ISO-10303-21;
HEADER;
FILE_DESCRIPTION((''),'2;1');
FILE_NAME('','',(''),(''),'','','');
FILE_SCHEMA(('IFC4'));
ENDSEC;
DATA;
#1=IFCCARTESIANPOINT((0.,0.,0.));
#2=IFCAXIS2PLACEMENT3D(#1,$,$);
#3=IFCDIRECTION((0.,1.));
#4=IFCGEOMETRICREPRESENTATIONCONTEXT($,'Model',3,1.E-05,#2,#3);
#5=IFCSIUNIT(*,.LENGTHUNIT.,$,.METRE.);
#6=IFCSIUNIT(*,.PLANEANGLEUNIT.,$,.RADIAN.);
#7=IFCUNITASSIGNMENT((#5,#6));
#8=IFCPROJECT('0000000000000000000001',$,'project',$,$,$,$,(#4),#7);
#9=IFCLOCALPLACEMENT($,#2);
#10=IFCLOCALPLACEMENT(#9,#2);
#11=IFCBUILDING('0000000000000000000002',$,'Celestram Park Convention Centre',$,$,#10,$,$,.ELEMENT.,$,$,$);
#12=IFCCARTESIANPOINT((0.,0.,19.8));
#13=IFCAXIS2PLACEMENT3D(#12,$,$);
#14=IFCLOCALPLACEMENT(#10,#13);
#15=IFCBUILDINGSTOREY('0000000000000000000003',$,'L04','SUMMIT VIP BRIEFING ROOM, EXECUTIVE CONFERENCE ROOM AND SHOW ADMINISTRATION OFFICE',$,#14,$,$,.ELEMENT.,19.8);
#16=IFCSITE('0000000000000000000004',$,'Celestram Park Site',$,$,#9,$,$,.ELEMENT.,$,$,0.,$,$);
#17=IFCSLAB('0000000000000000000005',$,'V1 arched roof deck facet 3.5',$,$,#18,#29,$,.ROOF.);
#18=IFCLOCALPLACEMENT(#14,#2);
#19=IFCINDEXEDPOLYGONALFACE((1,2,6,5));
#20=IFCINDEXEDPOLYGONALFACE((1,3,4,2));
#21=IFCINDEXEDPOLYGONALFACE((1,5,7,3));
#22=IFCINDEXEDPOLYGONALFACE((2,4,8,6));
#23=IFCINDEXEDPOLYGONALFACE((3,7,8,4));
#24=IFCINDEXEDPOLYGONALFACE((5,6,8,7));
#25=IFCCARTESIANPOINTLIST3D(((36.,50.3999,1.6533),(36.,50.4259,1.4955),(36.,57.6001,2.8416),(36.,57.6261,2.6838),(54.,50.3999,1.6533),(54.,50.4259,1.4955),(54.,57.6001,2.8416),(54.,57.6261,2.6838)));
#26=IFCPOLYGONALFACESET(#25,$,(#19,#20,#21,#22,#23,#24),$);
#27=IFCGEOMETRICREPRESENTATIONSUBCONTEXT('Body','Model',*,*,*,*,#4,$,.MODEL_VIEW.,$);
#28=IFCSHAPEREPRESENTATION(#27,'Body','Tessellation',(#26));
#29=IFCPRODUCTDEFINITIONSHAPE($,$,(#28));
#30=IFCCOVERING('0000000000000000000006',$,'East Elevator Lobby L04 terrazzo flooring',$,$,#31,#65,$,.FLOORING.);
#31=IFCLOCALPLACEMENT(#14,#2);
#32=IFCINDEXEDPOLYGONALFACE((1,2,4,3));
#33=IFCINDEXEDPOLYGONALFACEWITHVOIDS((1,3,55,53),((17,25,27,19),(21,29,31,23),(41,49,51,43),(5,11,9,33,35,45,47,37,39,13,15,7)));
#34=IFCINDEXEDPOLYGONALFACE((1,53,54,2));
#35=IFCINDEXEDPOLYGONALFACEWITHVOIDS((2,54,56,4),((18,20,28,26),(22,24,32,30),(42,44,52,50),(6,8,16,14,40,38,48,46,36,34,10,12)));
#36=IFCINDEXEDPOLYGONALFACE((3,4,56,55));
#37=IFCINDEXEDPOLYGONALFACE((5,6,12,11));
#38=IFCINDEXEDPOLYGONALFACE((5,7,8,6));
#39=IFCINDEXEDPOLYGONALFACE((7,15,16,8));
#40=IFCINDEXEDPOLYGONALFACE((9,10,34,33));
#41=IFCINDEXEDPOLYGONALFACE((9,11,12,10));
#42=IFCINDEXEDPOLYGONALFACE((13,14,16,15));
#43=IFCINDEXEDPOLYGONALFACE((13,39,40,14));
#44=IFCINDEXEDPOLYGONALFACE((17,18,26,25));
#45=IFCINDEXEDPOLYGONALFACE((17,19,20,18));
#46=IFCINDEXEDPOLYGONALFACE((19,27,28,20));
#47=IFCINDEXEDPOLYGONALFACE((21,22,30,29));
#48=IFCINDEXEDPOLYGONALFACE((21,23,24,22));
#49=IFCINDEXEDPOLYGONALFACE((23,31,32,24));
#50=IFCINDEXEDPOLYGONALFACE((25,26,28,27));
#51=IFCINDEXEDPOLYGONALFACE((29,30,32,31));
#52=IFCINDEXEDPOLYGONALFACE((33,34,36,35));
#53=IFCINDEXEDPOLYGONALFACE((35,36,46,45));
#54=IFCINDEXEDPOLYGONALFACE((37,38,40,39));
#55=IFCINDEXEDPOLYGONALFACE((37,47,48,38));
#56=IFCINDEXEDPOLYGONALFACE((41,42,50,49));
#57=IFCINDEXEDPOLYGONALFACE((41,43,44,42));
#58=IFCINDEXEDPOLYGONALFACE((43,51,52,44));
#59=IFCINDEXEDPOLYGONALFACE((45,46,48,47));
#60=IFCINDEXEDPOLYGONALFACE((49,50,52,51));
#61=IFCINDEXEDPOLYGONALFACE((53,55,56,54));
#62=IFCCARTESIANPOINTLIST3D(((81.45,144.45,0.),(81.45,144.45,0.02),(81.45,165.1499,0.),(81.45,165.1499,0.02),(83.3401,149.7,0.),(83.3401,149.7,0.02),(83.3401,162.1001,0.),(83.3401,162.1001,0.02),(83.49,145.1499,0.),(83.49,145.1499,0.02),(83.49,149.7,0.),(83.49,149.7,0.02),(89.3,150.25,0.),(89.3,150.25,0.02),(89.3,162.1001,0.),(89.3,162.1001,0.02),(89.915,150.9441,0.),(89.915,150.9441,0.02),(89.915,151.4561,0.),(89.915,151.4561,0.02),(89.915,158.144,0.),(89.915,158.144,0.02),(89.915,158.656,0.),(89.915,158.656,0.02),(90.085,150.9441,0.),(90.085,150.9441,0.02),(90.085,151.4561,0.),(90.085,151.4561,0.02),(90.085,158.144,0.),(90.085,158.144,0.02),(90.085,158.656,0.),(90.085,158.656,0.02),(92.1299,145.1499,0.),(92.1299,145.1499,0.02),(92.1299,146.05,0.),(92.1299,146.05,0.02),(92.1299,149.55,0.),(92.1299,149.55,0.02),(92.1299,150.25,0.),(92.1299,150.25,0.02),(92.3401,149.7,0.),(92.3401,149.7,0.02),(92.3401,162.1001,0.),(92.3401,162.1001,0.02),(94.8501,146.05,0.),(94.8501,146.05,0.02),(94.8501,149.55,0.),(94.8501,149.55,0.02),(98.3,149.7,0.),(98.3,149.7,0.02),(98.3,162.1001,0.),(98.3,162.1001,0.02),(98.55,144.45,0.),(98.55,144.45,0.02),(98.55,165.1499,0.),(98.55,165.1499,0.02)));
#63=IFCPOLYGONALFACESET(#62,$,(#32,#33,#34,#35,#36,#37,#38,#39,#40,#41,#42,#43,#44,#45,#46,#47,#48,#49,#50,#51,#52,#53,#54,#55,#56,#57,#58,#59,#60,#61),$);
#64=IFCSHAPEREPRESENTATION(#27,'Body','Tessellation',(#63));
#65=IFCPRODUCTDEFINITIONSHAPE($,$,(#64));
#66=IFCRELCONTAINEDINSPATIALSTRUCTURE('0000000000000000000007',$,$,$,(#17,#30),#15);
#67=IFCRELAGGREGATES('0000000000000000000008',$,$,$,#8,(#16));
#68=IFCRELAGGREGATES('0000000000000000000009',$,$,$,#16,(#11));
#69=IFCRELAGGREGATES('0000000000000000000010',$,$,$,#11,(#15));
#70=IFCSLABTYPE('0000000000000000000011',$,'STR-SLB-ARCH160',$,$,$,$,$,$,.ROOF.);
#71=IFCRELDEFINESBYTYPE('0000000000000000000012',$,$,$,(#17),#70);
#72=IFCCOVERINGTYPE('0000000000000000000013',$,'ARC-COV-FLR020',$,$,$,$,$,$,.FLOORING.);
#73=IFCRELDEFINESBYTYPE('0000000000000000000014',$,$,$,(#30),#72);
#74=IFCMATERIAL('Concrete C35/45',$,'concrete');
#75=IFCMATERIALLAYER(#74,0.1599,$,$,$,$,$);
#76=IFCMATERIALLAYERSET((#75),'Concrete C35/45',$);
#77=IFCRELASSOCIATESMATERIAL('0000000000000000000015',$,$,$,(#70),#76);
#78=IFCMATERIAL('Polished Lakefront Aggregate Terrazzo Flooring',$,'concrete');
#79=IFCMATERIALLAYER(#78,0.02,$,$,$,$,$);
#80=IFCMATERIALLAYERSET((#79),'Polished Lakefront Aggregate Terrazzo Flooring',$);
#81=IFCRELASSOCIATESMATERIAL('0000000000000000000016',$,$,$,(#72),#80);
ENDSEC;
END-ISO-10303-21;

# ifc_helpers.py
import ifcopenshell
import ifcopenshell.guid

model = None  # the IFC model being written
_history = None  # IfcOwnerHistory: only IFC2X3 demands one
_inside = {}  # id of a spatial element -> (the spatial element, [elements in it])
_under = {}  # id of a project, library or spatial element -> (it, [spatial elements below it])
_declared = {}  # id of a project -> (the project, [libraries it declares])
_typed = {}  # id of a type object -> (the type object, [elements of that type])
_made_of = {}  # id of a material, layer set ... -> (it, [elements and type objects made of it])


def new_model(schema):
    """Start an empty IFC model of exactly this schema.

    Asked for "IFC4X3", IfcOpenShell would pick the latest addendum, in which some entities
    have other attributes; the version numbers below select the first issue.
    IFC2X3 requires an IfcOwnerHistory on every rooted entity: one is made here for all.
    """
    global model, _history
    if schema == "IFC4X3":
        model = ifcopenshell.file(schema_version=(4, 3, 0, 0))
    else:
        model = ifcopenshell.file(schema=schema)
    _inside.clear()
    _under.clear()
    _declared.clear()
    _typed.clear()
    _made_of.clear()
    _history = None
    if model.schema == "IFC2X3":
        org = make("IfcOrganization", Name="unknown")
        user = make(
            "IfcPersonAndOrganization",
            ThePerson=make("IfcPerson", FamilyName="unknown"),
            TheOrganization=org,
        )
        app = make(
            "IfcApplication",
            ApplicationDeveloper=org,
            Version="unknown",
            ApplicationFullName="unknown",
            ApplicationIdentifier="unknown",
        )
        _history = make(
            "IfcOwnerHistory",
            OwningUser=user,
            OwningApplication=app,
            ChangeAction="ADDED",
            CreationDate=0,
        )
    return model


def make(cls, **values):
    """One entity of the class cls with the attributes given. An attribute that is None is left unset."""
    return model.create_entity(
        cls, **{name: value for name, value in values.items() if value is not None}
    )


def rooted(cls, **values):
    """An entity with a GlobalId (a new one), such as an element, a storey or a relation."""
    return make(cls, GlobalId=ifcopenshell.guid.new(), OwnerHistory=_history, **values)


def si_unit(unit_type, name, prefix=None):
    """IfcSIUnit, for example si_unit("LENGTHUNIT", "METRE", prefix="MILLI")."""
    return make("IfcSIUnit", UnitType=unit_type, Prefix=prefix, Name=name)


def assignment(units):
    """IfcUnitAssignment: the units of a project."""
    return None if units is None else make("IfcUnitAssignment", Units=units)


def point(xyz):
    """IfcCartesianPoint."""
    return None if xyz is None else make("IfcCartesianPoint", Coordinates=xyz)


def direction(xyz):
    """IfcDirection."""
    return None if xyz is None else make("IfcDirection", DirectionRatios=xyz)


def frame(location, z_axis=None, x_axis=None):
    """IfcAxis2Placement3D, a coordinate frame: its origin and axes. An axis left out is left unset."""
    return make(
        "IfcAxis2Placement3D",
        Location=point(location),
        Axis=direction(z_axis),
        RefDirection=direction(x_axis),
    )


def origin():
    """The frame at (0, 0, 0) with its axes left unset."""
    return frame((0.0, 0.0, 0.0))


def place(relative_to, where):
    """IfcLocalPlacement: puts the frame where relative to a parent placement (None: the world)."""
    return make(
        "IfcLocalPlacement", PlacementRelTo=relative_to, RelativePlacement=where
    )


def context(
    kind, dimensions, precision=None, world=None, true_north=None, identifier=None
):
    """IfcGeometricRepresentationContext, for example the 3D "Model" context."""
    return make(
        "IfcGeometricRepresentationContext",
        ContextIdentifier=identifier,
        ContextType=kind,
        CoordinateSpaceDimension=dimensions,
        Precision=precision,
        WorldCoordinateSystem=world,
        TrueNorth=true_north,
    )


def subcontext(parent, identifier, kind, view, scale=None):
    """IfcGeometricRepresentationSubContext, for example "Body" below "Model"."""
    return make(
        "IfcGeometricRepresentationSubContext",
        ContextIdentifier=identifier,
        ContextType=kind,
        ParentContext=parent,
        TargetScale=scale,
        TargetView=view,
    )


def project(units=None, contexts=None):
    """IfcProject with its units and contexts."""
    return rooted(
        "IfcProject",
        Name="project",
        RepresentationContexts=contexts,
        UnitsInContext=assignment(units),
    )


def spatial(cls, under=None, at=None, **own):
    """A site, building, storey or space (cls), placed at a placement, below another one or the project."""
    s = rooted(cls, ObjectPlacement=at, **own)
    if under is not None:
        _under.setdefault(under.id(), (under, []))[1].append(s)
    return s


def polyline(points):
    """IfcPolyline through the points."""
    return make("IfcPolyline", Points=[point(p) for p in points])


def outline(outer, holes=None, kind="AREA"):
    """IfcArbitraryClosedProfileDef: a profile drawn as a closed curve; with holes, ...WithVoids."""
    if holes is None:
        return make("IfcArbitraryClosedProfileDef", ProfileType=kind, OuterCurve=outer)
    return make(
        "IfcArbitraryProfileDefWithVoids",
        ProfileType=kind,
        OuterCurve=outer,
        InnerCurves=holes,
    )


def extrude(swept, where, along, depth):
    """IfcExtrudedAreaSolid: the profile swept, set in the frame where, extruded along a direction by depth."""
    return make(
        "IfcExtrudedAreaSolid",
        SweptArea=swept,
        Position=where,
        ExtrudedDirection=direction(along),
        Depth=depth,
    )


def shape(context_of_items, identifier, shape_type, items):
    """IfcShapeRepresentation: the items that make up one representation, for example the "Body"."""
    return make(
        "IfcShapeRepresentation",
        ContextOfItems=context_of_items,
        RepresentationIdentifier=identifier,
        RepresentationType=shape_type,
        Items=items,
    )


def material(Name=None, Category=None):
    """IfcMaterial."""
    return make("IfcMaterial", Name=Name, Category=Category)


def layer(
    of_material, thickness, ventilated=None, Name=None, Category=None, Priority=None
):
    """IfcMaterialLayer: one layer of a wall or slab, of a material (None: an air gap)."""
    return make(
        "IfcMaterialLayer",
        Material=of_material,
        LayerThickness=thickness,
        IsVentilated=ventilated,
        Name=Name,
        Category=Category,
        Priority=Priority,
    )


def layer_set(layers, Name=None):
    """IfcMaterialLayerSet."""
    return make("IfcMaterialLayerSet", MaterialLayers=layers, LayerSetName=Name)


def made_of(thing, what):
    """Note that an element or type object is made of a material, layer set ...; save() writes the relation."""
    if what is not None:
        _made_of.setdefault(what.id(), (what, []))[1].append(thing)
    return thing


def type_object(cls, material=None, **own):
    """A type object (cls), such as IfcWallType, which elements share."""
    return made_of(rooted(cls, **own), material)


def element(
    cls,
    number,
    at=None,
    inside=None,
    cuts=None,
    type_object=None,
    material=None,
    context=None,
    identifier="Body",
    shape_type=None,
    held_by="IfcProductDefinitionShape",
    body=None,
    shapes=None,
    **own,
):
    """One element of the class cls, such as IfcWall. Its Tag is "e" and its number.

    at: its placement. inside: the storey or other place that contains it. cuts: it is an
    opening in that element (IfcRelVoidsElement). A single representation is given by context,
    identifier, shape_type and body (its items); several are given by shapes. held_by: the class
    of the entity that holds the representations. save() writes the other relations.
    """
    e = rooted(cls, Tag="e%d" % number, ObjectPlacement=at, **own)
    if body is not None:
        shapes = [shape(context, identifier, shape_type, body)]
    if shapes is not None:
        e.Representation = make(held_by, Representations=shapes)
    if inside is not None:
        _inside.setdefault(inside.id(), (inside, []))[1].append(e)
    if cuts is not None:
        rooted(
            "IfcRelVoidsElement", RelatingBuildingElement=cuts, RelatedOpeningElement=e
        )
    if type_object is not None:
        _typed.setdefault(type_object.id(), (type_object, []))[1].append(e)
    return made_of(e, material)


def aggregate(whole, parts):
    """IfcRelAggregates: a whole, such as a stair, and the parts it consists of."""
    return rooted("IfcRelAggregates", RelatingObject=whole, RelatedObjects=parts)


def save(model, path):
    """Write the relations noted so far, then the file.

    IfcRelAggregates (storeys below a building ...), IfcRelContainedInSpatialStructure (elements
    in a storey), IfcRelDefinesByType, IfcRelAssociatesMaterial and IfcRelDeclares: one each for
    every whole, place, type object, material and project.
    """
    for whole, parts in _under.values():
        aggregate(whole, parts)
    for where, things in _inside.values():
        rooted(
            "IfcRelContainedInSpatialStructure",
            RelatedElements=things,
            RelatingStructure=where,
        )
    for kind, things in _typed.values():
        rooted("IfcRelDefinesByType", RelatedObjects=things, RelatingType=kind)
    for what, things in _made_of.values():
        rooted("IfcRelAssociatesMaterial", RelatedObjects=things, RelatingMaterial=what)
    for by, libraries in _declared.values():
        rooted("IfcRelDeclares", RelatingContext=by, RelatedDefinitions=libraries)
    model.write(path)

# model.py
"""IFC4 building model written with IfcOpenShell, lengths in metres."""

from ifc_helpers import new_model, si_unit, direction, frame, origin, place, context, subcontext, project, spatial, polyline, outline, extrude, material, layer, layer_set, type_object, element, save


model = new_model("IFC4")

# Units and contexts
model_context = context("Model", 3, precision=1e-05, world=origin(), true_north=direction((0.0, 1.0)))
body_context = subcontext(model_context, "Body", "Model", "MODEL_VIEW")
ifc_project = project(units=[si_unit("LENGTHUNIT", "METRE"), si_unit("PLANEANGLEUNIT", "RADIAN")], contexts=[model_context])

# Site, building, storey
site_placement = place(None, origin())
site = spatial("IfcSite", under=ifc_project, at=site_placement, Name="Celestram Park Site", CompositionType="ELEMENT", RefElevation=0.0)
building_placement = place(site_placement, origin())
building = spatial("IfcBuilding", under=site, at=building_placement, Name="Celestram Park Convention Centre", CompositionType="ELEMENT")
storey_placement = place(building_placement, frame((0.0, 0.0, 19.8)))
storey = spatial("IfcBuildingStorey", under=building, at=storey_placement, Name="L04", Description="SUMMIT VIP BRIEFING ROOM, EXECUTIVE CONFERENCE ROOM AND SHOW ADMINISTRATION OFFICE", CompositionType="ELEMENT", Elevation=19.8)

# Slab
ifc_material_1 = material(Name="Concrete C35/45", Category="concrete")
ifc_layer_1 = layer(ifc_material_1, 0.1599)
ifc_layer_set_1 = layer_set([ifc_layer_1], Name="Concrete C35/45")
slab_type = type_object("IfcSlabType", Name="STR-SLB-ARCH160", PredefinedType="ROOF", material=ifc_layer_set_1)
slab_1_placement = place(storey_placement, frame((36.0, 50.3999, 1.6533), z_axis=(0.0, -0.162825, 0.986655), x_axis=(1.0, 0.0, 0.0)))
element("IfcSlab", 1, at=slab_1_placement, inside=storey, type_object=slab_type, Name="V1 arched roof deck facet 3.5", PredefinedType="ROOF", context=body_context, shape_type="SweptSolid", body=[
    extrude(outline(polyline([(0.0, 0.0), (18.0, 0.0), (18.0, 7.2976), (0.0, 7.2976), (0.0, 0.0)])), origin(), (0.0, 0.0, -1.0), 0.1599),
])

# Covering
ifc_material_2 = material(Name="Polished Lakefront Aggregate Terrazzo Flooring", Category="concrete")
ifc_layer_2 = layer(ifc_material_2, 0.02)
ifc_layer_set_2 = layer_set([ifc_layer_2], Name="Polished Lakefront Aggregate Terrazzo Flooring")
covering_type = type_object("IfcCoveringType", Name="ARC-COV-FLR020", PredefinedType="FLOORING", material=ifc_layer_set_2)
covering_placement = place(storey_placement, origin())
element("IfcCovering", 2, at=covering_placement, inside=storey, type_object=covering_type, Name="East Elevator Lobby L04 terrazzo flooring", PredefinedType="FLOORING", context=body_context, shape_type="SweptSolid", body=[
    extrude(outline(polyline([(98.55, 165.1499), (98.55, 144.45), (81.45, 144.45), (81.45, 165.1499), (98.55, 165.1499)]), holes=[polyline([(83.49, 145.1499), (92.1299, 145.1499), (92.1299, 146.05), (94.8501, 146.05), (94.8501, 149.55), (92.1299, 149.55), (92.1299, 150.25), (89.3, 150.25), (89.3, 162.1001), (83.3401, 162.1001), (83.3401, 149.7), (83.49, 149.7), (83.49, 145.1499)]), polyline([(92.3401, 162.1001), (92.3401, 149.7), (98.3, 149.7), (98.3, 162.1001), (92.3401, 162.1001)]), polyline([(89.915, 151.4561), (89.915, 150.9441), (90.085, 150.9441), (90.085, 151.4561), (89.915, 151.4561)]), polyline([(89.915, 158.144), (90.085, 158.144), (90.085, 158.656), (89.915, 158.656), (89.915, 158.144)])]), origin(), (0.0, 0.0, 1.0), 0.02),
])

save(model, "model.ifc")
